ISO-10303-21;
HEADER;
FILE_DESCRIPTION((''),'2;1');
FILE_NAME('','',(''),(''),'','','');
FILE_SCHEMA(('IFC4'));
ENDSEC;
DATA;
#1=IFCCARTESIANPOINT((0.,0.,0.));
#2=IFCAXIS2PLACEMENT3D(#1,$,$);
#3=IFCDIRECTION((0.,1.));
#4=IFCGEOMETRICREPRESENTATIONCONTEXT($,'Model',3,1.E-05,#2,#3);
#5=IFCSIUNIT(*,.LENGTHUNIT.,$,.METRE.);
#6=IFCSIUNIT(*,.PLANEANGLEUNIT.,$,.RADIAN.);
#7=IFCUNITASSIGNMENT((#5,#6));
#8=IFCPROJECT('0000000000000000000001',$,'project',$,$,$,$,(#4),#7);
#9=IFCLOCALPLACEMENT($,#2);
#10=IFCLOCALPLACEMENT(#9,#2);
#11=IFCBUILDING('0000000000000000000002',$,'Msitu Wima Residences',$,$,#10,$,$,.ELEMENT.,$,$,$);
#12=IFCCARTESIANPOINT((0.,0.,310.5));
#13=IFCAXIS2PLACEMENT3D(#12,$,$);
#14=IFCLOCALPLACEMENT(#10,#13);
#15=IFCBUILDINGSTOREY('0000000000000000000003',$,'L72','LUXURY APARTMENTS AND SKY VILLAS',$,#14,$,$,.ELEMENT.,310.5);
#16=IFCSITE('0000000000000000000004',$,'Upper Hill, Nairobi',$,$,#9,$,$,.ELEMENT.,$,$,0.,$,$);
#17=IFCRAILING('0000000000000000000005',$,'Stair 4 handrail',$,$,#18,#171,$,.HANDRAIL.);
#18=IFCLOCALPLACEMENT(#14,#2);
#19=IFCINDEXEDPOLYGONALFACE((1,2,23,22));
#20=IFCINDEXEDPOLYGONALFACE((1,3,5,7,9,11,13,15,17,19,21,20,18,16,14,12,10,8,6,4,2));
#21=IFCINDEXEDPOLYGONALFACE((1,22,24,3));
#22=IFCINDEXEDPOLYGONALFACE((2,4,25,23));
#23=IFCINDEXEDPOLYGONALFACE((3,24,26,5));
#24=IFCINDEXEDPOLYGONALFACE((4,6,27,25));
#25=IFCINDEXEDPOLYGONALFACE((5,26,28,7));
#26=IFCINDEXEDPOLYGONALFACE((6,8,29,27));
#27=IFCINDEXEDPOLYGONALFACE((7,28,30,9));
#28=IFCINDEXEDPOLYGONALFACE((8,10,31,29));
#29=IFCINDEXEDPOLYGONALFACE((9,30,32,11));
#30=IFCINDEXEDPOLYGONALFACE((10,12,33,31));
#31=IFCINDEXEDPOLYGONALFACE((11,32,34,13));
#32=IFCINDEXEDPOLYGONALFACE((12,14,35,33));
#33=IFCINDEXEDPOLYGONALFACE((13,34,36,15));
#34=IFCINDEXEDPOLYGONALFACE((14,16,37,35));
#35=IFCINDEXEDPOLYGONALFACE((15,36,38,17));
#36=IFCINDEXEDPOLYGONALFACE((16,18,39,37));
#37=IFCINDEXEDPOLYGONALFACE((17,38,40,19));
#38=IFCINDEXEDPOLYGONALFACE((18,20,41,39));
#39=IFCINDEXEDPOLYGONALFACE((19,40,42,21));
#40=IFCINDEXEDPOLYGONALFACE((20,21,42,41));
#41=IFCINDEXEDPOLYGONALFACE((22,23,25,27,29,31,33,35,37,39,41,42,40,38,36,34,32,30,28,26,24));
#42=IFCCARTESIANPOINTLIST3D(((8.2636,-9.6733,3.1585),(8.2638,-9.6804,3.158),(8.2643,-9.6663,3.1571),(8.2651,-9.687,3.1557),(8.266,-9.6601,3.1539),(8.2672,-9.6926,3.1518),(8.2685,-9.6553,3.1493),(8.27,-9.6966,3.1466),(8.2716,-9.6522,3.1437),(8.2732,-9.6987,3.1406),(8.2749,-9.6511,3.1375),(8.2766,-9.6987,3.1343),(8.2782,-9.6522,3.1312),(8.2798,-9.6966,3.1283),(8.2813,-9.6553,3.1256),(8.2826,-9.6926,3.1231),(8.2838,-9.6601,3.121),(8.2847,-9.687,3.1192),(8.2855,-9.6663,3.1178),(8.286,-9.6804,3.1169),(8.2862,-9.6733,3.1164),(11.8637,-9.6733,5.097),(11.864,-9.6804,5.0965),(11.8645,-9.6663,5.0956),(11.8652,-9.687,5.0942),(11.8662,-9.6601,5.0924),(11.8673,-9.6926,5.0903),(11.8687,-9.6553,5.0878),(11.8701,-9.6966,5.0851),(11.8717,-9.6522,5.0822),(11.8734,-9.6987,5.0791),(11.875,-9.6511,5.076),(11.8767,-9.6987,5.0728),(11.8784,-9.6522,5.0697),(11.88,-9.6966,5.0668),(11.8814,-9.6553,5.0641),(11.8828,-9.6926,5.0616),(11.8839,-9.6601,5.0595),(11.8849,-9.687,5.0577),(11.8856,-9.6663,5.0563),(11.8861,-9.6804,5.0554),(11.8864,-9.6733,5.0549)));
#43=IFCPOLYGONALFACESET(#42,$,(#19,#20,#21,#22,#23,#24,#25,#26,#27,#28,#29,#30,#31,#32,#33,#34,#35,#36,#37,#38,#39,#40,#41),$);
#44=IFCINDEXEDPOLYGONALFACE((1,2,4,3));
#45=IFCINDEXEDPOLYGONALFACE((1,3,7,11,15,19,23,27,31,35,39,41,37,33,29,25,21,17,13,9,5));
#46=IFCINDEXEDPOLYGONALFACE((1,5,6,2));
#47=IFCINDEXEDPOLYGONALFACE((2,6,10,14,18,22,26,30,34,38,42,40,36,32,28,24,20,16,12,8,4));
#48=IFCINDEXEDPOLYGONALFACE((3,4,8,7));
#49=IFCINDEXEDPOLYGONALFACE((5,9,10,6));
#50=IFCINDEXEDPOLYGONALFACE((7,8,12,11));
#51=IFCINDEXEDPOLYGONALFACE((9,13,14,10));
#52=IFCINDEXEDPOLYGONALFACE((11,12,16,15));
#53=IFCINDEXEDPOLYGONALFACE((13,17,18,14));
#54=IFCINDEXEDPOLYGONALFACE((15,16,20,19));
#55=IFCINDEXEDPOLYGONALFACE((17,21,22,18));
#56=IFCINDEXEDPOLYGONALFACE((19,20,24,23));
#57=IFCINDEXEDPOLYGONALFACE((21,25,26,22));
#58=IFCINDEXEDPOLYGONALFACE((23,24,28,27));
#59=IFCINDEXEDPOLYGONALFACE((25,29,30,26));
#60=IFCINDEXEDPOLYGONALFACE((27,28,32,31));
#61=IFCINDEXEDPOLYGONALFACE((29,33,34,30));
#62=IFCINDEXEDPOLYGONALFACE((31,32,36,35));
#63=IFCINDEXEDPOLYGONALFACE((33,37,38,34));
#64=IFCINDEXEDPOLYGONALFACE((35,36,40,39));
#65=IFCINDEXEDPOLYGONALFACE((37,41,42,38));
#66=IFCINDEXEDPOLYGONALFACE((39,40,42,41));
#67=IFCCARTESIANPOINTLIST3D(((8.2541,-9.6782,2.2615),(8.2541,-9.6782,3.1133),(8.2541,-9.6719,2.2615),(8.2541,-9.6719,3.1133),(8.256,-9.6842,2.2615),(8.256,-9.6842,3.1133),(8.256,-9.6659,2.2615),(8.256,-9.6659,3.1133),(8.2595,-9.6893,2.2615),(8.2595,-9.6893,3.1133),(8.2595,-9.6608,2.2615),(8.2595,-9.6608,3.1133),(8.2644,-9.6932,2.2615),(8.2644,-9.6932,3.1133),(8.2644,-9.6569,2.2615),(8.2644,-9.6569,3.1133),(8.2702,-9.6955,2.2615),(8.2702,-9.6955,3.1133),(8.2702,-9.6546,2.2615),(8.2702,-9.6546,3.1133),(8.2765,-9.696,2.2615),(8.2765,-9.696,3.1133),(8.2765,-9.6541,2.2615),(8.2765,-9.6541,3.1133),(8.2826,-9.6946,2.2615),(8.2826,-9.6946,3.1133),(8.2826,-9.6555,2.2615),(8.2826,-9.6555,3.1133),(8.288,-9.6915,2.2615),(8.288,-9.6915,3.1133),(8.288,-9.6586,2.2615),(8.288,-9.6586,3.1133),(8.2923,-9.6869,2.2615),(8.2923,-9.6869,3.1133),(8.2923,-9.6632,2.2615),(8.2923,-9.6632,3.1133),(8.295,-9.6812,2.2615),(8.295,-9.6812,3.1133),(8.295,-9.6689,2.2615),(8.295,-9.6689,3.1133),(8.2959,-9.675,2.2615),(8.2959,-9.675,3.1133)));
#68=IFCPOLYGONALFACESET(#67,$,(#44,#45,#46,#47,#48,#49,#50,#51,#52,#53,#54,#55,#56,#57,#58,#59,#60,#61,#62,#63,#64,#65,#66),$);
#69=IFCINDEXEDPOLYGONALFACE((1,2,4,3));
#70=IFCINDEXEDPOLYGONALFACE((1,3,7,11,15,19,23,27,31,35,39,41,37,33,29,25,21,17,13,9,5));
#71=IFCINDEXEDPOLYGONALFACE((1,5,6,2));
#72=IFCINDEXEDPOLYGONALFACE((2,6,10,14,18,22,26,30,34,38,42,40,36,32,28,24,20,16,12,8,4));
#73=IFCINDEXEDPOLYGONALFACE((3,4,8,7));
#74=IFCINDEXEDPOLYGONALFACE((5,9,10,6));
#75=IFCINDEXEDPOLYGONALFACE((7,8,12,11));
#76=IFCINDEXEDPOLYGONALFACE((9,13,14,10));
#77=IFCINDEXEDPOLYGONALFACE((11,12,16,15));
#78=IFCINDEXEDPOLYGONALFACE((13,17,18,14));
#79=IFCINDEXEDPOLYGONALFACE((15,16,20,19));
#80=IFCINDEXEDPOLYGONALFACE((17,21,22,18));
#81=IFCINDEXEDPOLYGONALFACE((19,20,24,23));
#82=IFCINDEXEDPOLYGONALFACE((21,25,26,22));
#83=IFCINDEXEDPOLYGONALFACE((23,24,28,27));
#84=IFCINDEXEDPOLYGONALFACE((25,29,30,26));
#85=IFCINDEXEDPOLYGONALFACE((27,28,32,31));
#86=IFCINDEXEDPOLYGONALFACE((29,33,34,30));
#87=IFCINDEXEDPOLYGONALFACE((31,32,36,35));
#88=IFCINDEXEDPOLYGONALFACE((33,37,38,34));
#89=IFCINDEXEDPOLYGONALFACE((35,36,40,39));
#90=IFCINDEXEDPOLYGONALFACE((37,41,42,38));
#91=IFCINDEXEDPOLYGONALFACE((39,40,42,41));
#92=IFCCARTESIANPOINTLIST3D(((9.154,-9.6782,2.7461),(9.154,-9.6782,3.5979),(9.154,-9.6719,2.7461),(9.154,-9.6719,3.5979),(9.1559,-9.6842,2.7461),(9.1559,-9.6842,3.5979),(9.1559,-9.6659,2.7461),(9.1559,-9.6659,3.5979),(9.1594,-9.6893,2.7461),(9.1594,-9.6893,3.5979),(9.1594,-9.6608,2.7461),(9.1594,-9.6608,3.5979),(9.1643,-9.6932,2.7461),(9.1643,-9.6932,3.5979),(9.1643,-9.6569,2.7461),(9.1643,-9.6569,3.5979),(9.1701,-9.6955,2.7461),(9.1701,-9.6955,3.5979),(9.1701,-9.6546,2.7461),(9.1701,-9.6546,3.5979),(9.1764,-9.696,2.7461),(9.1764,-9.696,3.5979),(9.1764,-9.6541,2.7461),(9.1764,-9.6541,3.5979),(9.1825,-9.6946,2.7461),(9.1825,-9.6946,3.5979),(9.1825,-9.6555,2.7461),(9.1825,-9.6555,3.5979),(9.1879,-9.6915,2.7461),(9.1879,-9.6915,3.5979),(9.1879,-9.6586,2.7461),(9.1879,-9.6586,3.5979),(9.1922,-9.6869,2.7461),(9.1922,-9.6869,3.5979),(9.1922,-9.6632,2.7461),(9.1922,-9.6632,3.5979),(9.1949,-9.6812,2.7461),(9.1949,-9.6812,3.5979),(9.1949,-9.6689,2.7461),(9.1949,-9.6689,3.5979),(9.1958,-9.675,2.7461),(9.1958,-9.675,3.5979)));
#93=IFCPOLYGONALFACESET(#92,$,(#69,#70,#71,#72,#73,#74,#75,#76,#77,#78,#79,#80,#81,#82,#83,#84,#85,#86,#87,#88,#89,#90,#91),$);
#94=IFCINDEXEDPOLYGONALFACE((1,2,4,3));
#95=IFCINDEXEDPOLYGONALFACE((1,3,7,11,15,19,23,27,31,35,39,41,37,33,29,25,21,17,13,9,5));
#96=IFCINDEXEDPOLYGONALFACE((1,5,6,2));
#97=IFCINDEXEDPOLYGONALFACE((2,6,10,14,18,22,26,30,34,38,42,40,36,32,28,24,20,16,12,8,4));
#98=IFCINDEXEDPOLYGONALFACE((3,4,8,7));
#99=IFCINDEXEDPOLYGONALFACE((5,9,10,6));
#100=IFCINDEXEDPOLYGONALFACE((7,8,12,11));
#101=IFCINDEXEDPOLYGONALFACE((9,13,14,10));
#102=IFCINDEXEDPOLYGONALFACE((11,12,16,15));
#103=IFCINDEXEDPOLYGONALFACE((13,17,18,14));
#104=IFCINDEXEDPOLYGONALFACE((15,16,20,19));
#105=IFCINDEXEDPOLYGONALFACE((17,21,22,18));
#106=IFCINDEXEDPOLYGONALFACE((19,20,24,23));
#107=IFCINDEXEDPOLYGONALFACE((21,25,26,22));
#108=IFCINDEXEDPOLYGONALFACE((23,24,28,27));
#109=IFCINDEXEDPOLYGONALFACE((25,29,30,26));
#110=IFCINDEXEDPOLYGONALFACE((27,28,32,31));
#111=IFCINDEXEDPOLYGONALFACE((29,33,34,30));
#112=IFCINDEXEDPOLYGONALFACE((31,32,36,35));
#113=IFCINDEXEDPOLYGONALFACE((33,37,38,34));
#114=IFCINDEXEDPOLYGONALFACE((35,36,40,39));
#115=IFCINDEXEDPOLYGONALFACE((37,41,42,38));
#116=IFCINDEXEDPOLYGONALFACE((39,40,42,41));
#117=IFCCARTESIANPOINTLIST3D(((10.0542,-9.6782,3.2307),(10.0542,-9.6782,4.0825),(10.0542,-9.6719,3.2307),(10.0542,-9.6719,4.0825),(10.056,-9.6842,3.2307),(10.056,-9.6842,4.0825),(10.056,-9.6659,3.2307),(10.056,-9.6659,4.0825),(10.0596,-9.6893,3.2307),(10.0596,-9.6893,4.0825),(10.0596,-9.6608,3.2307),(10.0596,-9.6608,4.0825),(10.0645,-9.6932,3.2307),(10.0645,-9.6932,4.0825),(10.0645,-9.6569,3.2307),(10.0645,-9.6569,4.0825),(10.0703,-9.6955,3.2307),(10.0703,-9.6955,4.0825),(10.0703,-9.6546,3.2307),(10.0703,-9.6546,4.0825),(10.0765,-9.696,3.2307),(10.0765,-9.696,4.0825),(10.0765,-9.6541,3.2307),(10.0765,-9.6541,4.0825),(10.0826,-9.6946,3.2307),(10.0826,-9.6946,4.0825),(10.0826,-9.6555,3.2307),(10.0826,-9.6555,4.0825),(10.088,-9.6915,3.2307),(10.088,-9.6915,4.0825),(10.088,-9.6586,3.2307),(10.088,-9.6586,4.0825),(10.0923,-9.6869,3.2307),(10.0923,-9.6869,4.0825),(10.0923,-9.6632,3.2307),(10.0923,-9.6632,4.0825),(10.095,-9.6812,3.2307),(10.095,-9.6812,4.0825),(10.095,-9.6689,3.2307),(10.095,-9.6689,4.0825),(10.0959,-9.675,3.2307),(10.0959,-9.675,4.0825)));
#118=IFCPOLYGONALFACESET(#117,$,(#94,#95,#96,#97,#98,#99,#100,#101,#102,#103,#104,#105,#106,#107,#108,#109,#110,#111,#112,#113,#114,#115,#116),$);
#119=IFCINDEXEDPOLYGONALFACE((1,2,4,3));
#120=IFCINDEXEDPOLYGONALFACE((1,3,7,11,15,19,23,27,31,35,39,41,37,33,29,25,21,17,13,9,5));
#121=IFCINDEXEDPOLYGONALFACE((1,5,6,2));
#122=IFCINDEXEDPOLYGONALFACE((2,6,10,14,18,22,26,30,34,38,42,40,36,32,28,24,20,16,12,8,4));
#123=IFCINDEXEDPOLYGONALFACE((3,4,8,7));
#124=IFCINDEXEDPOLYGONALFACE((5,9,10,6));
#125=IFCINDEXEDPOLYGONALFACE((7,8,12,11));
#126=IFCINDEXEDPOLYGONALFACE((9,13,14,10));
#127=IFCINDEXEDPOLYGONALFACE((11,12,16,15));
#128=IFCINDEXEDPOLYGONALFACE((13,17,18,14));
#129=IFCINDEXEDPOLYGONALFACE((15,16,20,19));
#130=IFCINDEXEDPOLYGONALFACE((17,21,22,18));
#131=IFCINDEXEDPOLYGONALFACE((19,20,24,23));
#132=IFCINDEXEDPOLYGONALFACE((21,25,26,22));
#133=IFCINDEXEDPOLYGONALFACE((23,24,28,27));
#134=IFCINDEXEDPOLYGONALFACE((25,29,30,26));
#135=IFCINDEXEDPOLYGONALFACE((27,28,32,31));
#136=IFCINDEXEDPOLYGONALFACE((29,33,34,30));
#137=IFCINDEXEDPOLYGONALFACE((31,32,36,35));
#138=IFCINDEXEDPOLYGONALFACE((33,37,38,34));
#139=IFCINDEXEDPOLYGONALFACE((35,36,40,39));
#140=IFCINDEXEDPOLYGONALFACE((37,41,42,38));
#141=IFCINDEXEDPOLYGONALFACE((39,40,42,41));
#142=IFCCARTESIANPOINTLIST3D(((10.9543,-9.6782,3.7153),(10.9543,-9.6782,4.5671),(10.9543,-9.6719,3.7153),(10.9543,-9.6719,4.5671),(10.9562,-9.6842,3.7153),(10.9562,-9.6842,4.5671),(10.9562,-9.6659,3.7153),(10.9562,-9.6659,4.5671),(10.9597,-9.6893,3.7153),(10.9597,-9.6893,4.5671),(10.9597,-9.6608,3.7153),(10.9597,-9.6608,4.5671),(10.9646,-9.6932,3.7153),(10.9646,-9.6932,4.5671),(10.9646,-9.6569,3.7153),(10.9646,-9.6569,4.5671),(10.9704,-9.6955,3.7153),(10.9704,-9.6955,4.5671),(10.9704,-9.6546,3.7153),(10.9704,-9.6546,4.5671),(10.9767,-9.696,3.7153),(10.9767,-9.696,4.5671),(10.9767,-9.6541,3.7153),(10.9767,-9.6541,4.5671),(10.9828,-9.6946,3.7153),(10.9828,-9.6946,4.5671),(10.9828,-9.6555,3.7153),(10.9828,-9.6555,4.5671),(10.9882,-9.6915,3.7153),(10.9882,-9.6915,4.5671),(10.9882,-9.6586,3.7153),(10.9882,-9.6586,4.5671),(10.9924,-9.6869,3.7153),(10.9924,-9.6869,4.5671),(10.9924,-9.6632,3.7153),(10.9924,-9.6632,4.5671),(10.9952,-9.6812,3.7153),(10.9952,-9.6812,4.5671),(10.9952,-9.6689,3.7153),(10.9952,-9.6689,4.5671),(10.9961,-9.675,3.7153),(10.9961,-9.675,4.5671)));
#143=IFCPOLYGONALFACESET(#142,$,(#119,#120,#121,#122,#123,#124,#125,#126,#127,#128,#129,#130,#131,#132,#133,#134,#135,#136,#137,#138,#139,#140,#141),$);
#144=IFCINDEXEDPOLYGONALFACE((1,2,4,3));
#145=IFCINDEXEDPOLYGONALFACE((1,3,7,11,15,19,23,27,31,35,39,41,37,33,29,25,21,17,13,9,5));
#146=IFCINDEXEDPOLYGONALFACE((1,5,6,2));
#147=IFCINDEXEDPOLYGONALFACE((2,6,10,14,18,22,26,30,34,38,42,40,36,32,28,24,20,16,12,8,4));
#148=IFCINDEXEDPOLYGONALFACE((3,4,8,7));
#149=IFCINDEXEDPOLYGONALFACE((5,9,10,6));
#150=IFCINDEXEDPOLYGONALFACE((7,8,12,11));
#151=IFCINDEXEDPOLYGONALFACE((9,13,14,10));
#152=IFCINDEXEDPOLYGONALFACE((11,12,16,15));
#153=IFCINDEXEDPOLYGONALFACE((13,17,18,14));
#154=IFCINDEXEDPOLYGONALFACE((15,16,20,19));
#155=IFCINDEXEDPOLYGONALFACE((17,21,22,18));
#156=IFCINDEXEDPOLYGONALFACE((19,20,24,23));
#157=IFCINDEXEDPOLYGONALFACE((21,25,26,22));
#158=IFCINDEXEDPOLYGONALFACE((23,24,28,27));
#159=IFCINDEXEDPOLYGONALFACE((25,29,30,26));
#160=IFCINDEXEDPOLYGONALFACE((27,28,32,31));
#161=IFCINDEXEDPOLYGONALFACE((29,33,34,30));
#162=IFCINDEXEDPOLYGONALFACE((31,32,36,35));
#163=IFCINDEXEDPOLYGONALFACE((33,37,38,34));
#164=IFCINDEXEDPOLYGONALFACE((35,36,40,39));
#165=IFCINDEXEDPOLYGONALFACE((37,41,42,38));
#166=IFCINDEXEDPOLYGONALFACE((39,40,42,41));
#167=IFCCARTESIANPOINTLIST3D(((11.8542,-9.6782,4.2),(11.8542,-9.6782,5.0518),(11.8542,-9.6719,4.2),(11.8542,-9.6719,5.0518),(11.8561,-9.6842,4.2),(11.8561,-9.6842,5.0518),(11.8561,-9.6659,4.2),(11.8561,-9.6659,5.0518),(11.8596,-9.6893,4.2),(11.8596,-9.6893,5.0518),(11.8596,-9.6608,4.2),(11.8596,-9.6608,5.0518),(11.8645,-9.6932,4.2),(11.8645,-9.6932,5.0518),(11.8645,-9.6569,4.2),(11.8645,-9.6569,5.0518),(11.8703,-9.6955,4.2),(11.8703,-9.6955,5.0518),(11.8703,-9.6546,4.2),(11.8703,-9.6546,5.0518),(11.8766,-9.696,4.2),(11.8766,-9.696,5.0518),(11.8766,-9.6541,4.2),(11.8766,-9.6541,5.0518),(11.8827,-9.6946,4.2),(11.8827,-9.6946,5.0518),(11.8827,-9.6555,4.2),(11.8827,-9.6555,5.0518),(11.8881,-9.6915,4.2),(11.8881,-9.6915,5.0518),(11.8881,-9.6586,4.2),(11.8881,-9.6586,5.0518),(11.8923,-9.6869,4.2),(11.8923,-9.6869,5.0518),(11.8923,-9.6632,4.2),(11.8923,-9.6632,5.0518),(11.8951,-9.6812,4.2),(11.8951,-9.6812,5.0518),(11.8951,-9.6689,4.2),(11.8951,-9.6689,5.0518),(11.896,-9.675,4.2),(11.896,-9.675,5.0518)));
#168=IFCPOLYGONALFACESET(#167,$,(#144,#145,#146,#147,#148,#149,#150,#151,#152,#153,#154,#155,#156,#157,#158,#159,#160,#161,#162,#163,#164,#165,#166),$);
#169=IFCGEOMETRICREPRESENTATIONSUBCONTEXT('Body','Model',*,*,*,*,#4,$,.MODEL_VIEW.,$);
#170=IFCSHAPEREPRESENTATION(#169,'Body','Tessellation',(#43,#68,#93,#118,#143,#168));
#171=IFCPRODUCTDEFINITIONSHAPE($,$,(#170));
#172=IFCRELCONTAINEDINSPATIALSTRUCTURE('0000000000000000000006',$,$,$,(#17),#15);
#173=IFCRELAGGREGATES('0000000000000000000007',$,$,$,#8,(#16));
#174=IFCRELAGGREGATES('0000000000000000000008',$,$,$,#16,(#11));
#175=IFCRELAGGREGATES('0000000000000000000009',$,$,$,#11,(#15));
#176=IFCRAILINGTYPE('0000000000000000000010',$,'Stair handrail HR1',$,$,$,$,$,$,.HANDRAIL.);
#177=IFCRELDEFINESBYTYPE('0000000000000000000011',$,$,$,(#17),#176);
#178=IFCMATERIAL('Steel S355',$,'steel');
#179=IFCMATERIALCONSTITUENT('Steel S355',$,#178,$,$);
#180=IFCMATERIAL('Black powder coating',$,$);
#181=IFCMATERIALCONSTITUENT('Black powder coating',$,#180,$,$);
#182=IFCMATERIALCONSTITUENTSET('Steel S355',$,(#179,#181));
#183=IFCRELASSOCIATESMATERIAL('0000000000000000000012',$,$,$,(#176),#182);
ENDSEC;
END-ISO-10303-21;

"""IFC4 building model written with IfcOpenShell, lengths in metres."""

from ifc_helpers import new_model, si_unit, direction, frame, origin, origin_2d, place, context, subcontext, project, spatial, circle, extrude, material, constituent, constituent_set, type_object, element, save


model = new_model("IFC4")

# Units and contexts
model_context = context("Model", 3, precision=1e-05, world=origin(), true_north=direction((0.0, 1.0)))
body_context = subcontext(model_context, "Body", "Model", "MODEL_VIEW")
ifc_project = project(units=[si_unit("LENGTHUNIT", "METRE"), si_unit("PLANEANGLEUNIT", "RADIAN")], contexts=[model_context])

# Site, building, storey
site_placement = place(None, origin())
site = spatial("IfcSite", under=ifc_project, at=site_placement, Name="Upper Hill, Nairobi", CompositionType="ELEMENT", RefElevation=0.0)
building_placement = place(site_placement, origin())
building = spatial("IfcBuilding", under=site, at=building_placement, Name="Msitu Wima Residences", CompositionType="ELEMENT")
storey_placement = place(building_placement, frame((0.0, 0.0, 310.5)))
storey = spatial("IfcBuildingStorey", under=building, at=storey_placement, Name="L72", Description="LUXURY APARTMENTS AND SKY VILLAS", CompositionType="ELEMENT", Elevation=310.5)

# Railing
ifc_material_1 = material(Name="Steel S355", Category="steel")
ifc_constituent_1 = constituent(ifc_material_1, Name="Steel S355")
ifc_material_2 = material(Name="Black powder coating")
ifc_constituent_2 = constituent(ifc_material_2, Name="Black powder coating")
ifc_constituent_set = constituent_set(constituents=[ifc_constituent_1, ifc_constituent_2], Name="Steel S355")
railing_type = type_object("IfcRailingType", Name="Stair handrail HR1", PredefinedType="HANDRAIL", material=ifc_constituent_set)
for number, where, name in (
    (1, (8.2749, -9.675, 2.2615), "Stair 4 handrail"),
):
    element("IfcRailing", number, at=place(storey_placement, frame(where)), inside=storey, type_object=railing_type, Name=name, PredefinedType="HANDRAIL", context=body_context, shape_type="SweptSolid", body=[
        extrude(circle(Radius=0.0239, at=origin_2d()), frame((0.0, 0.0, 0.876), z_axis=(0.880475, 0.0, 0.474093), x_axis=(0.0, 1.0, 0.0)), (0.0, 0.0, 1.0), 4.0889),
        extrude(circle(Radius=0.021, at=origin_2d()), origin(), (0.0, 0.0, 1.0), 0.8518),
        extrude(circle(Radius=0.021, at=origin_2d()), frame((0.8999, 0.0, 0.4846)), (0.0, 0.0, 1.0), 0.8518),
        extrude(circle(Radius=0.021, at=origin_2d()), frame((1.8, 0.0, 0.9692)), (0.0, 0.0, 1.0), 0.8518),
        extrude(circle(Radius=0.021, at=origin_2d()), frame((2.7002, 0.0, 1.4539)), (0.0, 0.0, 1.0), 0.8518),
        extrude(circle(Radius=0.021, at=origin_2d()), frame((3.6001, 0.0, 1.9385)), (0.0, 0.0, 1.0), 0.8518),
    ])

save(model, "model.ifc")
